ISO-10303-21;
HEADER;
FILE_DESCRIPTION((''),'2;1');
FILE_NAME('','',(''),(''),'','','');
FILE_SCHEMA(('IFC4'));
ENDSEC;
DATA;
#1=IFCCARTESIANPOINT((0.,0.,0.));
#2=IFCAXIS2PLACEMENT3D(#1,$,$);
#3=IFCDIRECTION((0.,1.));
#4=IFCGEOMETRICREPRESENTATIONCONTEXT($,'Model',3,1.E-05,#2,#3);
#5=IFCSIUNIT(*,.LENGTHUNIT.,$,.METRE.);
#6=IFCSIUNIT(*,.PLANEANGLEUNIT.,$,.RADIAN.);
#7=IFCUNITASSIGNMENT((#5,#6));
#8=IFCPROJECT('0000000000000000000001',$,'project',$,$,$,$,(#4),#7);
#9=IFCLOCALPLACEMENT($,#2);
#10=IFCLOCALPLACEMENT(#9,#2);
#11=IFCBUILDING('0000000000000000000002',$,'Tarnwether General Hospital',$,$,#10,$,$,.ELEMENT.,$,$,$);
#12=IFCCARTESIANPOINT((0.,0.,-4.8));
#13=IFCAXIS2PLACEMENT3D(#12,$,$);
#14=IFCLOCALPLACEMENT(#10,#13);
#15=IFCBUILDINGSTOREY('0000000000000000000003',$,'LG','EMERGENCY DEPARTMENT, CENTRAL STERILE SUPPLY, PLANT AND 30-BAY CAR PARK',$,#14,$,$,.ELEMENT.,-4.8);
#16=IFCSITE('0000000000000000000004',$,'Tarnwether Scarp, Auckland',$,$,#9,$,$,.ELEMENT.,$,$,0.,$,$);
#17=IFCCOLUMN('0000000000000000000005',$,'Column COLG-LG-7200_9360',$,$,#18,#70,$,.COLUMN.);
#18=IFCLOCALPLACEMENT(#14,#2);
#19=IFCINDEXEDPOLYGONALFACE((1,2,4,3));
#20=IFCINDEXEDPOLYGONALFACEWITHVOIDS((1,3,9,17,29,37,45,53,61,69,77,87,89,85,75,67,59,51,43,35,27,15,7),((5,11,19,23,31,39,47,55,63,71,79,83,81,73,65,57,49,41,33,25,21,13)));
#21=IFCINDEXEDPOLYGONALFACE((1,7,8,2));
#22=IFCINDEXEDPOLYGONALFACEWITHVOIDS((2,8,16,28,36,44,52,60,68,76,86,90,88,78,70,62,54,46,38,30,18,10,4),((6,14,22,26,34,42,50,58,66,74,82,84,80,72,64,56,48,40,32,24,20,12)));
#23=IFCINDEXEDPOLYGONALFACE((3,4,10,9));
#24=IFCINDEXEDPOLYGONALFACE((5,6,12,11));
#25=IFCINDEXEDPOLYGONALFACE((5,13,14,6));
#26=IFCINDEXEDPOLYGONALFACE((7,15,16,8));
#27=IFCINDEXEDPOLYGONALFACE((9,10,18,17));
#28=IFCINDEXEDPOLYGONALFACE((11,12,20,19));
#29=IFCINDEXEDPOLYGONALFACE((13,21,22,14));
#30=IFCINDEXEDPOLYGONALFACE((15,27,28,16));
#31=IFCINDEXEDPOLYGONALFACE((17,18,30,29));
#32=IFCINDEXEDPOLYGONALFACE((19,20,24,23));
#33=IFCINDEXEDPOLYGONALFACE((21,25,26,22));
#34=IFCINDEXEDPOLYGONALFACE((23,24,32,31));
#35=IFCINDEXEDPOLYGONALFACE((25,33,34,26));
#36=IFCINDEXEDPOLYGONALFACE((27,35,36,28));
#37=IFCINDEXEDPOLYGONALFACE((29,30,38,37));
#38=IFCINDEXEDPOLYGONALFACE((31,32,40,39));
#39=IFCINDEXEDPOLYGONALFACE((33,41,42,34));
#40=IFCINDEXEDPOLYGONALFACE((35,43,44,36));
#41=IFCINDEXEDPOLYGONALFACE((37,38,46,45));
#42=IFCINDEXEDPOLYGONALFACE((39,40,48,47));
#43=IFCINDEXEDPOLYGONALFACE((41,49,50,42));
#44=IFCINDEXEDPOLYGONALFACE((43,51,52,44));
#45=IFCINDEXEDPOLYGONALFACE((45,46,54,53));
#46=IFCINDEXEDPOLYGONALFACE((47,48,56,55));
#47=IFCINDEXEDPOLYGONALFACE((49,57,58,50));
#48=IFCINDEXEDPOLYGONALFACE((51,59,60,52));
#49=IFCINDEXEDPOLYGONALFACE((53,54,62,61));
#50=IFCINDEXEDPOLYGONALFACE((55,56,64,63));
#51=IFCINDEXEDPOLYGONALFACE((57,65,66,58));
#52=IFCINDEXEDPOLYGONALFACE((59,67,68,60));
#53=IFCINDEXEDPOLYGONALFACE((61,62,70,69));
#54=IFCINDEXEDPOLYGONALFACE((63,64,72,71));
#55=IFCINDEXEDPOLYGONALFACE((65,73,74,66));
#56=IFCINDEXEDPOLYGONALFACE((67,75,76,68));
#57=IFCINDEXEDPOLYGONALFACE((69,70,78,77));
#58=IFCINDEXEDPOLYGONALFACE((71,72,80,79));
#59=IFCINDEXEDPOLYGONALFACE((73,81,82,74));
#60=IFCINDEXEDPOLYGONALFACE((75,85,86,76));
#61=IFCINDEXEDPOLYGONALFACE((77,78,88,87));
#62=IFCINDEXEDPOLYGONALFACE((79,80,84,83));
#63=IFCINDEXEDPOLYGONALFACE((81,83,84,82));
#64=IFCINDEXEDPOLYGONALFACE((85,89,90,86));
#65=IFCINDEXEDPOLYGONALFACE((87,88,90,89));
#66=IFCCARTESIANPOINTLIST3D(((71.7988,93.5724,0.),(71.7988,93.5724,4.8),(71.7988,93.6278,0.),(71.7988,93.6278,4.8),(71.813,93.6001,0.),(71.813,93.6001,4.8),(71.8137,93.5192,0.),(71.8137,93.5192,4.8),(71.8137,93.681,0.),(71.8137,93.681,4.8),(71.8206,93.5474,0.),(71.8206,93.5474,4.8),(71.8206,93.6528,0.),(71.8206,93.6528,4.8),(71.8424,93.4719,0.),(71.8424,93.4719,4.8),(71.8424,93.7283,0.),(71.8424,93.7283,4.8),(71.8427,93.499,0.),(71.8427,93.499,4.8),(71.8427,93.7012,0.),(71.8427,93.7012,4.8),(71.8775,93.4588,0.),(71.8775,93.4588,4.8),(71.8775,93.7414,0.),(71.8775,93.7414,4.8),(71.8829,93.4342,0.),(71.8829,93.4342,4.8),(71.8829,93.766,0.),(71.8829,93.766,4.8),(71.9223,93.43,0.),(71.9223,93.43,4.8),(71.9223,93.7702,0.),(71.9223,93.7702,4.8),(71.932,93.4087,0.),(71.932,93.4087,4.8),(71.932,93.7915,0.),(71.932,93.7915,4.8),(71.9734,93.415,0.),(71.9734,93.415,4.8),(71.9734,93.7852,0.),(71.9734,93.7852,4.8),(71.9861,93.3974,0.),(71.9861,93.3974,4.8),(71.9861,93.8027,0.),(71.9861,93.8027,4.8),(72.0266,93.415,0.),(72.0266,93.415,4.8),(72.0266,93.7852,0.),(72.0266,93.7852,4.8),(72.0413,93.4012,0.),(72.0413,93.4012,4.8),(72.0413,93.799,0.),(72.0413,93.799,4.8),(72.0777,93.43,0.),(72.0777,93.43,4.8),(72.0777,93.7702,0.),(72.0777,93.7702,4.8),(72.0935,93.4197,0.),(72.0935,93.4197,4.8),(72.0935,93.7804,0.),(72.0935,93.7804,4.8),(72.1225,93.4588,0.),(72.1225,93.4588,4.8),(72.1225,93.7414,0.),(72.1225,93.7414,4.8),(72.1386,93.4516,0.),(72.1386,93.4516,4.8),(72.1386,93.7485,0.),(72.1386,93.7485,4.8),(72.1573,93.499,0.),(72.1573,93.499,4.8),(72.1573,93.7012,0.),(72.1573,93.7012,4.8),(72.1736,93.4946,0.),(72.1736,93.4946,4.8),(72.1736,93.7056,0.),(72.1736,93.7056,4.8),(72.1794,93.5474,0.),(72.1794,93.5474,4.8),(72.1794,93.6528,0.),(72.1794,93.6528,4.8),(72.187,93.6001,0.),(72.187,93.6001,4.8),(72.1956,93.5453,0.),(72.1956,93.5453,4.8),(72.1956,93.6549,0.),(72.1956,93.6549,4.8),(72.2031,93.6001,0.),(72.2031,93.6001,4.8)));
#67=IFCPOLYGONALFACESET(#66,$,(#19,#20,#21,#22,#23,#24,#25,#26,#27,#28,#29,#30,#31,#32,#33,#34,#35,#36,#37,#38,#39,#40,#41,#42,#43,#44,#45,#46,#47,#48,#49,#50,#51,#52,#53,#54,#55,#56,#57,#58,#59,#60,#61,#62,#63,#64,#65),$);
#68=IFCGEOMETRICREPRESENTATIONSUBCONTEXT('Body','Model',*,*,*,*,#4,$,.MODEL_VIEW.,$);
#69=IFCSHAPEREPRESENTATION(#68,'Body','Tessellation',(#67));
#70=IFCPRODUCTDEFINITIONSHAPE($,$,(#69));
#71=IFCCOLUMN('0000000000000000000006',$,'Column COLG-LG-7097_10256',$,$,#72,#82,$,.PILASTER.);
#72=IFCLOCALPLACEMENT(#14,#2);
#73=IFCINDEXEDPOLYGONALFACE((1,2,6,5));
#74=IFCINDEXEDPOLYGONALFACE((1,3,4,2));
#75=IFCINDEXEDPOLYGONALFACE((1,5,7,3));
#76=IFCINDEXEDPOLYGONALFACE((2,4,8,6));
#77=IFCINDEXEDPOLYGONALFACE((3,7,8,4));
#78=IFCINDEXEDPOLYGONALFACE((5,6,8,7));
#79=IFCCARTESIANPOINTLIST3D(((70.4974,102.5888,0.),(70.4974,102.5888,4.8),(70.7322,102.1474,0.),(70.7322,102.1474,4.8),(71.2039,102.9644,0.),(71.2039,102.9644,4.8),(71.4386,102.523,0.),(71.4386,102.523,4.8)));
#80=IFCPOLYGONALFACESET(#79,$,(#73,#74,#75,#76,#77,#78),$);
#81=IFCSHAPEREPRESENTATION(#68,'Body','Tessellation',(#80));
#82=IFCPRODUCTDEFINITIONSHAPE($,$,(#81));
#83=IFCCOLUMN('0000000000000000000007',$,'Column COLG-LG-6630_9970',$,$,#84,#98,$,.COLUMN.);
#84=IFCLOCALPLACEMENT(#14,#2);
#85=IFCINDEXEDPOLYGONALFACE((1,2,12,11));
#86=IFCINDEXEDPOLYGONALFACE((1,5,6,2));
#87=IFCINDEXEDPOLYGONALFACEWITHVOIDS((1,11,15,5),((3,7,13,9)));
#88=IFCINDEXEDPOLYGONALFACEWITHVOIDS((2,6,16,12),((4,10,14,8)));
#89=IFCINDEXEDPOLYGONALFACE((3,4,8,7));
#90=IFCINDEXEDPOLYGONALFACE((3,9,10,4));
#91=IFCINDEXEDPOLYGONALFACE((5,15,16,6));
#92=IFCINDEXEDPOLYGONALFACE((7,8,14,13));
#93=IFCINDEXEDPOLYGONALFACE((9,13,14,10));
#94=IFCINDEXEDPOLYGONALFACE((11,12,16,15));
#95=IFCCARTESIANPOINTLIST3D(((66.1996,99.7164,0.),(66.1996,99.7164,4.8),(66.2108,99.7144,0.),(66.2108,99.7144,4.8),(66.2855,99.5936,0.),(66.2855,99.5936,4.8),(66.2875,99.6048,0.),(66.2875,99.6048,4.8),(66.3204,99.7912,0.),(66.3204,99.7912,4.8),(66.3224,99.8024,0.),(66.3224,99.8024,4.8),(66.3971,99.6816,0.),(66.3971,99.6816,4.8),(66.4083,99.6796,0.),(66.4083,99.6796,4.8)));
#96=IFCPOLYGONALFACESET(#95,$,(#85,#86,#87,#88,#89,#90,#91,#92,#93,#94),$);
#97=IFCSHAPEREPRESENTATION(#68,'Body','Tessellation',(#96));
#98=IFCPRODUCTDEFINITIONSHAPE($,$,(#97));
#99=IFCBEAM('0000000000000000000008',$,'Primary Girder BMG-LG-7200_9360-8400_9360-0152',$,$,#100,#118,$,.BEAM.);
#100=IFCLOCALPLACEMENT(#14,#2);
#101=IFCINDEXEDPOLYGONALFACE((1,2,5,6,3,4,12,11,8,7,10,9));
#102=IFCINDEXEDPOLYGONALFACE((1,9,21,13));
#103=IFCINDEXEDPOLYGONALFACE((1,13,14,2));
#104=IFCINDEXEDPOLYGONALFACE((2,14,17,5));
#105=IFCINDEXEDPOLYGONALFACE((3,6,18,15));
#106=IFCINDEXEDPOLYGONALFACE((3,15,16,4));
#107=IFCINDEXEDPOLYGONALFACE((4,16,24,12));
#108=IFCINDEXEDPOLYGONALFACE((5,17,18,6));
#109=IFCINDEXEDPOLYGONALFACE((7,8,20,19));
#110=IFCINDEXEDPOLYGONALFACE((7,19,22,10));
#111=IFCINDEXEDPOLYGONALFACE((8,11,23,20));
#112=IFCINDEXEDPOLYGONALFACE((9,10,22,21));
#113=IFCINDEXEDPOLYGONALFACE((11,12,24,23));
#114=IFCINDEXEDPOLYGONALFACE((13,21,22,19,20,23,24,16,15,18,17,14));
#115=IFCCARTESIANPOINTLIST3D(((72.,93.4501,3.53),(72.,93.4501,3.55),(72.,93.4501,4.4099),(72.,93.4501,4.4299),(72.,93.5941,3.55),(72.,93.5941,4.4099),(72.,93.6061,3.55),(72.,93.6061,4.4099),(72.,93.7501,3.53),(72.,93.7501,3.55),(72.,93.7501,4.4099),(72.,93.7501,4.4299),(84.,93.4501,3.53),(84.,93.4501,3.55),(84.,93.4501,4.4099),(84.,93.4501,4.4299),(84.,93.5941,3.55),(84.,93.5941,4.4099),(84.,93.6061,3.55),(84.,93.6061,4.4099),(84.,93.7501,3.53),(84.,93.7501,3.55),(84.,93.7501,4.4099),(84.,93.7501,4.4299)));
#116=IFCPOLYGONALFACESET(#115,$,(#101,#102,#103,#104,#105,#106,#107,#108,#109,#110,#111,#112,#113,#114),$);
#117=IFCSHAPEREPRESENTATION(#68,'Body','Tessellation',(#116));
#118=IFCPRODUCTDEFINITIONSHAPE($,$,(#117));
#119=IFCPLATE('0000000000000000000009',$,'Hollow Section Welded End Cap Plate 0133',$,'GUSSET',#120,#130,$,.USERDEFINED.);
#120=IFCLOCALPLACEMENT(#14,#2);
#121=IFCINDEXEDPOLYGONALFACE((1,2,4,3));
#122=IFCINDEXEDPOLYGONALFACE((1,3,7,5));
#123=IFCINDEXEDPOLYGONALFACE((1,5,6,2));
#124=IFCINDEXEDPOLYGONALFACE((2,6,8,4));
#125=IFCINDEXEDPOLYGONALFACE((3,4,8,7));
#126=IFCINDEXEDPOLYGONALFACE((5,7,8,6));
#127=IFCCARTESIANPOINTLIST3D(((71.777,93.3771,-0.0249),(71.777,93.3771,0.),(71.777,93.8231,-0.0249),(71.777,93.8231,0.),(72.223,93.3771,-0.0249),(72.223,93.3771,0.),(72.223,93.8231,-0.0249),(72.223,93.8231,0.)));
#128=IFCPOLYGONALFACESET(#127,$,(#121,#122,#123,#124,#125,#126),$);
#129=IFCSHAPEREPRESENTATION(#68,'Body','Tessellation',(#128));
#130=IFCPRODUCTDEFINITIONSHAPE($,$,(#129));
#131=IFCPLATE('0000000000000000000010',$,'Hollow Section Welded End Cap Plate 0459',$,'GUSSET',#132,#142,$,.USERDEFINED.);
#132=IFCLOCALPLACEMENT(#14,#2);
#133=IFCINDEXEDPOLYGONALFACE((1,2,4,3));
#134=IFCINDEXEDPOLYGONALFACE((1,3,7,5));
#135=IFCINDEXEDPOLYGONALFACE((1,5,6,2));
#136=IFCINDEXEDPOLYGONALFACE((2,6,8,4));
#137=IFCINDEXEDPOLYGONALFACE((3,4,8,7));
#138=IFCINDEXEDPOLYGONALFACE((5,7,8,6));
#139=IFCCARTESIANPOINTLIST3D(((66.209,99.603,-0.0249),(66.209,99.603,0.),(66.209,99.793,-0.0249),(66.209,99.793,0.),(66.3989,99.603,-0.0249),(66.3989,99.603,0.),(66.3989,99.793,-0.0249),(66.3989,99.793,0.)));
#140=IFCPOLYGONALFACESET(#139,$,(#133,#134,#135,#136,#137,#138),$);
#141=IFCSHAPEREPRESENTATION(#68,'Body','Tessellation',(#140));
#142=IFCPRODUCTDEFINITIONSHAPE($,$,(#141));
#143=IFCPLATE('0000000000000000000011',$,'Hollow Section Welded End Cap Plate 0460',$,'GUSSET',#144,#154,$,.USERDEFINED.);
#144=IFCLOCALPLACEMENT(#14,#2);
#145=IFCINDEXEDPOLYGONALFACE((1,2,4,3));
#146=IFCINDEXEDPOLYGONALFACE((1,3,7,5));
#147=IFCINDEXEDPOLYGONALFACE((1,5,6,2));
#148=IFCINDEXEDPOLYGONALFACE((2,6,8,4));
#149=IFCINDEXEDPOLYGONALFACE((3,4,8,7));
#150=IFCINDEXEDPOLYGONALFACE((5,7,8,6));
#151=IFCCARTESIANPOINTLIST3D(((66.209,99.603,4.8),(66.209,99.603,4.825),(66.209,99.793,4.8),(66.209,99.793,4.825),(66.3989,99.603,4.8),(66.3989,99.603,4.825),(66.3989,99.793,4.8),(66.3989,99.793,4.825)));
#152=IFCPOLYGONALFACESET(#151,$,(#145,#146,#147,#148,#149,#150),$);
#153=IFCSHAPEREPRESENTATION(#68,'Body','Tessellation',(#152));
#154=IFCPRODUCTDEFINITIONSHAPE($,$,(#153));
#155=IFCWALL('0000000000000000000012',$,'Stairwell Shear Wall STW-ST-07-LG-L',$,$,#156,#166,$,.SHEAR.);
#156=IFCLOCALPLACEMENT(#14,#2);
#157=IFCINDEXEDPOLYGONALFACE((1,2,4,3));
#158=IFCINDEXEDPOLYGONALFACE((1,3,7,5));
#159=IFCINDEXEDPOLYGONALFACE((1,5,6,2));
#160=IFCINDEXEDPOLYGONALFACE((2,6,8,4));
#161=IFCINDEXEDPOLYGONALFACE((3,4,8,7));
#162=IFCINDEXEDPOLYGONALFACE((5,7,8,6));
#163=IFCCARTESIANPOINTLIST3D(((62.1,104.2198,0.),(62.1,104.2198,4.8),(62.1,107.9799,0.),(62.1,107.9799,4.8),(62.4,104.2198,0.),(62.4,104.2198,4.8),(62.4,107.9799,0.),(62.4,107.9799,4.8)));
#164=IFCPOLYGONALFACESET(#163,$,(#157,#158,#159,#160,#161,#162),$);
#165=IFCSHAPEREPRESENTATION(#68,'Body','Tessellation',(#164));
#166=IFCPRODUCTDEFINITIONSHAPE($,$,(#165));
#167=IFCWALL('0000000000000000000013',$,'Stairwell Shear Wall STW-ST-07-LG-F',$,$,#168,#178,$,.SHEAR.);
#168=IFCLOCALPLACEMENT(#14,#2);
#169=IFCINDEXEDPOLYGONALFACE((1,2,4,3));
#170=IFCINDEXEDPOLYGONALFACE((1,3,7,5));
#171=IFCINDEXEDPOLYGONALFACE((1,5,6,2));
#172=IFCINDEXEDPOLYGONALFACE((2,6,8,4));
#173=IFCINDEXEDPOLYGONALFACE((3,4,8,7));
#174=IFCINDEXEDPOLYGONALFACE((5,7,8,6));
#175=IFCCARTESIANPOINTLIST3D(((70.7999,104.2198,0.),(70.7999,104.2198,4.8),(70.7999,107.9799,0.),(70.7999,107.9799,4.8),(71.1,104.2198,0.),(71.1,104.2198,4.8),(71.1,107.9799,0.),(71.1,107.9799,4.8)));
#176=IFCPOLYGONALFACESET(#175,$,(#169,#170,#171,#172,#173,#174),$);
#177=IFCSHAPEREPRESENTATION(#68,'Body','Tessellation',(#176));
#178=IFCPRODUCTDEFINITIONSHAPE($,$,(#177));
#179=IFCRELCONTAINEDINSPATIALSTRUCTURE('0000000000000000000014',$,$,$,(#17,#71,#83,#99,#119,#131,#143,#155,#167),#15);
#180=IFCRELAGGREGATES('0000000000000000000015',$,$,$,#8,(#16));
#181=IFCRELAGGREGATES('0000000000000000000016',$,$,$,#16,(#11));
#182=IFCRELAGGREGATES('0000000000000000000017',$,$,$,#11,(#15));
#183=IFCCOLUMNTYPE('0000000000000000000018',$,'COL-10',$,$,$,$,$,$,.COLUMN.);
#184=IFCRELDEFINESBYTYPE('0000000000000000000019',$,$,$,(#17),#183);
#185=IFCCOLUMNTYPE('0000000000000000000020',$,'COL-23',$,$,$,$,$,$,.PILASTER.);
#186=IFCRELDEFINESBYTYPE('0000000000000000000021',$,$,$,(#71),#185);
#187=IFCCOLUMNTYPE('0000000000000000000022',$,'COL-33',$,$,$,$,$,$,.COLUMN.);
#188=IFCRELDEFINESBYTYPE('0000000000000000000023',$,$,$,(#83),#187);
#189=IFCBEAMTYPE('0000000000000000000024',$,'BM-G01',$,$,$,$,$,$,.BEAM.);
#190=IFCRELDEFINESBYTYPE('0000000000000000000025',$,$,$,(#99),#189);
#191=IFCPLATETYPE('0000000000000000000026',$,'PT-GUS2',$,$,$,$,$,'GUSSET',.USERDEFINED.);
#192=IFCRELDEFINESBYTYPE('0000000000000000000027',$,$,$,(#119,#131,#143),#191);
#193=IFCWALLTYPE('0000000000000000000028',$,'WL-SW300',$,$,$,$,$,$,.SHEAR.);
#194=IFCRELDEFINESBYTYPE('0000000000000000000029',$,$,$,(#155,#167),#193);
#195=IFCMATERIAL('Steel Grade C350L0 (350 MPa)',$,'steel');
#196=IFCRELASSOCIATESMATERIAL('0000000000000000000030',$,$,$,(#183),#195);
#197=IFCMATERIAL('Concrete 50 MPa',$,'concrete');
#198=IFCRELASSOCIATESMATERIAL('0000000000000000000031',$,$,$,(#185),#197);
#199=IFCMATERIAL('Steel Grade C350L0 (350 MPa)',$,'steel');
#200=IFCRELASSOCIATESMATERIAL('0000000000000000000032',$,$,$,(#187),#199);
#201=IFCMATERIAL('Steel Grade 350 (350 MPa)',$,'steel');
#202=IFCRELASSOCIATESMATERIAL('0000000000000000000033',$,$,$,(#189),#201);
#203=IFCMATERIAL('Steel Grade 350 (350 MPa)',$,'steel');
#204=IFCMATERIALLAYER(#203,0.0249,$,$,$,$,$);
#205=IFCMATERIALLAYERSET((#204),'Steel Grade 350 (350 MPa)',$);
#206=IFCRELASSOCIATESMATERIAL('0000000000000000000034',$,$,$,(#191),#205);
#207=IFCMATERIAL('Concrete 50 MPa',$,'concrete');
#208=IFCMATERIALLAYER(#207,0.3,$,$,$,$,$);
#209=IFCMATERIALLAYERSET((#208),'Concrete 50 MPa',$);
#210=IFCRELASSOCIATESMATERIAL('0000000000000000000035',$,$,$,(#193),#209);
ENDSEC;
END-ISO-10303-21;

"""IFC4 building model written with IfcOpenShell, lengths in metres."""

from ifc_helpers import new_model, si_unit, direction, frame, frame_2d, origin, origin_2d, place, context, subcontext, project, spatial, rectangle, hollow_rectangle, hollow_circle, i_section, extrude, material, layer, layer_set, material_profile, profile_set, type_object, element, save


model = new_model("IFC4")

# Units and contexts
model_context = context("Model", 3, precision=1e-05, world=origin(), true_north=direction((0.0, 1.0)))
body_context = subcontext(model_context, "Body", "Model", "MODEL_VIEW")
ifc_project = project(units=[si_unit("LENGTHUNIT", "METRE"), si_unit("PLANEANGLEUNIT", "RADIAN")], contexts=[model_context])

# Site, building, storey
site_placement = place(None, origin())
site = spatial("IfcSite", under=ifc_project, at=site_placement, Name="Tarnwether Scarp, Auckland", CompositionType="ELEMENT", RefElevation=0.0)
building_placement = place(site_placement, origin())
building = spatial("IfcBuilding", under=site, at=building_placement, Name="Tarnwether General Hospital", CompositionType="ELEMENT")
storey_placement = place(building_placement, frame((0.0, 0.0, -4.8)))
storey = spatial("IfcBuildingStorey", under=building, at=storey_placement, Name="LG", Description="EMERGENCY DEPARTMENT, CENTRAL STERILE SUPPLY, PLANT AND 30-BAY CAR PARK", CompositionType="ELEMENT", Elevation=-4.8)

# Columns
ifc_material_1 = material(Name="Steel Grade C350L0 (350 MPa)", Category="steel")
ifc_material_profile_1 = material_profile(ifc_material_1, hollow_circle(Radius=0.2031, WallThickness=0.0161, at=origin_2d()), Name="CHS406.4x16.0")
ifc_profile_set_1 = profile_set([ifc_material_profile_1], Name="Steel Grade C350L0 (350 MPa)")
column_type_1 = type_object("IfcColumnType", Name="COL-10", PredefinedType="COLUMN", material=ifc_profile_set_1)
column_1_placement = place(storey_placement, frame((72.0, 93.6001, 0.0), z_axis=(0.0, 0.0, 1.0), x_axis=(1.0, 0.0, 0.0)))
element("IfcColumn", 1, at=column_1_placement, inside=storey, type_object=column_type_1, Name="Column COLG-LG-7200_9360", PredefinedType="COLUMN", context=body_context, shape_type="SweptSolid", body=[
    extrude(hollow_circle(Radius=0.2031, WallThickness=0.0161, at=origin_2d()), origin(), (0.0, 0.0, 1.0), 4.8),
])
ifc_material_2 = material(Name="Concrete 50 MPa", Category="concrete")
ifc_material_profile_2 = material_profile(ifc_material_2, rectangle(XDim=0.5, YDim=0.8, at=origin_2d()), Name="RC-PIL-500x800")
ifc_profile_set_2 = profile_set([ifc_material_profile_2], Name="Concrete 50 MPa")
column_type_2 = type_object("IfcColumnType", Name="COL-23", PredefinedType="PILASTER", material=ifc_profile_set_2)
column_2_placement = place(storey_placement, frame((70.968, 102.5559, 0.0), z_axis=(0.0, 0.0, 1.0), x_axis=(-0.469472, 0.882948, 0.0)))
element("IfcColumn", 2, at=column_2_placement, inside=storey, type_object=column_type_2, Name="Column COLG-LG-7097_10256", PredefinedType="PILASTER", context=body_context, shape_type="SweptSolid", body=[
    extrude(rectangle(XDim=0.5, YDim=0.8, at=origin_2d()), origin(), (0.0, 0.0, 1.0), 4.8),
])
ifc_material_3 = material(Name="Steel Grade C350L0 (350 MPa)", Category="steel")
ifc_material_profile_3 = material_profile(ifc_material_3, hollow_rectangle(XDim=0.1499, YDim=0.1499, WallThickness=0.0081, at=origin_2d()), Name="SHS150x150x8")
ifc_profile_set_3 = profile_set([ifc_material_profile_3], Name="Steel Grade C350L0 (350 MPa)")
column_type_3 = type_object("IfcColumnType", Name="COL-33", PredefinedType="COLUMN", material=ifc_profile_set_3)
column_3_placement = place(storey_placement, frame((66.304, 99.698, 0.0), z_axis=(0.0, 0.0, 1.0), x_axis=(-0.573576, 0.819152, 0.0)))
element("IfcColumn", 3, at=column_3_placement, inside=storey, type_object=column_type_3, Name="Column COLG-LG-6630_9970", PredefinedType="COLUMN", context=body_context, shape_type="SweptSolid", body=[
    extrude(hollow_rectangle(XDim=0.1499, YDim=0.1499, WallThickness=0.0081, at=origin_2d()), origin(), (0.0, 0.0, 1.0), 4.8),
])

# Beam
ifc_material_4 = material(Name="Steel Grade 350 (350 MPa)", Category="steel")
ifc_material_profile_4 = material_profile(ifc_material_4, i_section(OverallWidth=0.3, OverallDepth=0.8999, WebThickness=0.012, FlangeThickness=0.02, at=origin_2d()), Name="900WB175")
ifc_profile_set_4 = profile_set([ifc_material_profile_4], Name="Steel Grade 350 (350 MPa)")
beam_type = type_object("IfcBeamType", Name="BM-G01", PredefinedType="BEAM", material=ifc_profile_set_4)
beam_placement = place(storey_placement, frame((72.0, 93.6001, 3.98), z_axis=(1.0, 0.0, 0.0), x_axis=(0.0, 1.0, 0.0)))
element("IfcBeam", 4, at=beam_placement, inside=storey, type_object=beam_type, Name="Primary Girder BMG-LG-7200_9360-8400_9360-0152", PredefinedType="BEAM", context=body_context, shape_type="SweptSolid", body=[
    extrude(i_section(OverallWidth=0.3, OverallDepth=0.8999, WebThickness=0.012, FlangeThickness=0.02, at=origin_2d()), origin(), (0.0, 0.0, 1.0), 12.0),
])

# Plates
ifc_material_5 = material(Name="Steel Grade 350 (350 MPa)", Category="steel")
ifc_layer_1 = layer(ifc_material_5, 0.0249)
ifc_layer_set_1 = layer_set([ifc_layer_1], Name="Steel Grade 350 (350 MPa)")
plate_type = type_object("IfcPlateType", Name="PT-GUS2", ElementType="GUSSET", PredefinedType="USERDEFINED", material=ifc_layer_set_1)
plate_placement = place(storey_placement, frame((72.0, 93.6001, -0.0249), z_axis=(0.0, 0.0, 1.0), x_axis=(1.0, 0.0, 0.0)))
element("IfcPlate", 5, at=plate_placement, inside=storey, type_object=plate_type, Name="Hollow Section Welded End Cap Plate 0133", ObjectType="GUSSET", PredefinedType="USERDEFINED", context=body_context, shape_type="SweptSolid", body=[
    extrude(rectangle(XDim=0.446, YDim=0.446, at=origin_2d()), origin(), (0.0, 0.0, 1.0), 0.0249),
])
for number, where, z_axis, x_axis, name in (
    (6, (66.304, 99.698, -0.0249), (0.0, 0.0, 1.0), (1.0, 0.0, 0.0), "Hollow Section Welded End Cap Plate 0459"),
    (7, (66.304, 99.698, 4.8), (0.0, 0.0, 1.0), (1.0, 0.0, 0.0), "Hollow Section Welded End Cap Plate 0460"),
):
    element("IfcPlate", number, at=place(storey_placement, frame(where, z_axis=z_axis, x_axis=x_axis)), inside=storey, type_object=plate_type, Name=name, ObjectType="GUSSET", PredefinedType="USERDEFINED", context=body_context, shape_type="SweptSolid", body=[
        extrude(rectangle(XDim=0.1899, YDim=0.1899, at=origin_2d()), origin(), (0.0, 0.0, 1.0), 0.0249),
    ])

# Walls
ifc_material_6 = material(Name="Concrete 50 MPa", Category="concrete")
ifc_layer_2 = layer(ifc_material_6, 0.3)
ifc_layer_set_2 = layer_set([ifc_layer_2], Name="Concrete 50 MPa")
wall_type = type_object("IfcWallType", Name="WL-SW300", PredefinedType="SHEAR", material=ifc_layer_set_2)
for number, where, z_axis, x_axis, name in (
    (8, (62.25, 104.22, 0.0), (0.0, 0.0, 1.0), (0.0, 1.0, 0.0), "Stairwell Shear Wall STW-ST-07-LG-L"),
    (9, (70.95, 104.22, 0.0), (0.0, 0.0, 1.0), (0.0, 1.0, 0.0), "Stairwell Shear Wall STW-ST-07-LG-F"),
):
    element("IfcWall", number, at=place(storey_placement, frame(where, z_axis=z_axis, x_axis=x_axis)), inside=storey, type_object=wall_type, Name=name, PredefinedType="SHEAR", context=body_context, shape_type="SweptSolid", body=[
        extrude(rectangle(XDim=3.76, YDim=0.3, at=frame_2d((1.8799, 0.0))), origin(), (0.0, 0.0, 1.0), 4.8),
    ])

save(model, "model.ifc")
